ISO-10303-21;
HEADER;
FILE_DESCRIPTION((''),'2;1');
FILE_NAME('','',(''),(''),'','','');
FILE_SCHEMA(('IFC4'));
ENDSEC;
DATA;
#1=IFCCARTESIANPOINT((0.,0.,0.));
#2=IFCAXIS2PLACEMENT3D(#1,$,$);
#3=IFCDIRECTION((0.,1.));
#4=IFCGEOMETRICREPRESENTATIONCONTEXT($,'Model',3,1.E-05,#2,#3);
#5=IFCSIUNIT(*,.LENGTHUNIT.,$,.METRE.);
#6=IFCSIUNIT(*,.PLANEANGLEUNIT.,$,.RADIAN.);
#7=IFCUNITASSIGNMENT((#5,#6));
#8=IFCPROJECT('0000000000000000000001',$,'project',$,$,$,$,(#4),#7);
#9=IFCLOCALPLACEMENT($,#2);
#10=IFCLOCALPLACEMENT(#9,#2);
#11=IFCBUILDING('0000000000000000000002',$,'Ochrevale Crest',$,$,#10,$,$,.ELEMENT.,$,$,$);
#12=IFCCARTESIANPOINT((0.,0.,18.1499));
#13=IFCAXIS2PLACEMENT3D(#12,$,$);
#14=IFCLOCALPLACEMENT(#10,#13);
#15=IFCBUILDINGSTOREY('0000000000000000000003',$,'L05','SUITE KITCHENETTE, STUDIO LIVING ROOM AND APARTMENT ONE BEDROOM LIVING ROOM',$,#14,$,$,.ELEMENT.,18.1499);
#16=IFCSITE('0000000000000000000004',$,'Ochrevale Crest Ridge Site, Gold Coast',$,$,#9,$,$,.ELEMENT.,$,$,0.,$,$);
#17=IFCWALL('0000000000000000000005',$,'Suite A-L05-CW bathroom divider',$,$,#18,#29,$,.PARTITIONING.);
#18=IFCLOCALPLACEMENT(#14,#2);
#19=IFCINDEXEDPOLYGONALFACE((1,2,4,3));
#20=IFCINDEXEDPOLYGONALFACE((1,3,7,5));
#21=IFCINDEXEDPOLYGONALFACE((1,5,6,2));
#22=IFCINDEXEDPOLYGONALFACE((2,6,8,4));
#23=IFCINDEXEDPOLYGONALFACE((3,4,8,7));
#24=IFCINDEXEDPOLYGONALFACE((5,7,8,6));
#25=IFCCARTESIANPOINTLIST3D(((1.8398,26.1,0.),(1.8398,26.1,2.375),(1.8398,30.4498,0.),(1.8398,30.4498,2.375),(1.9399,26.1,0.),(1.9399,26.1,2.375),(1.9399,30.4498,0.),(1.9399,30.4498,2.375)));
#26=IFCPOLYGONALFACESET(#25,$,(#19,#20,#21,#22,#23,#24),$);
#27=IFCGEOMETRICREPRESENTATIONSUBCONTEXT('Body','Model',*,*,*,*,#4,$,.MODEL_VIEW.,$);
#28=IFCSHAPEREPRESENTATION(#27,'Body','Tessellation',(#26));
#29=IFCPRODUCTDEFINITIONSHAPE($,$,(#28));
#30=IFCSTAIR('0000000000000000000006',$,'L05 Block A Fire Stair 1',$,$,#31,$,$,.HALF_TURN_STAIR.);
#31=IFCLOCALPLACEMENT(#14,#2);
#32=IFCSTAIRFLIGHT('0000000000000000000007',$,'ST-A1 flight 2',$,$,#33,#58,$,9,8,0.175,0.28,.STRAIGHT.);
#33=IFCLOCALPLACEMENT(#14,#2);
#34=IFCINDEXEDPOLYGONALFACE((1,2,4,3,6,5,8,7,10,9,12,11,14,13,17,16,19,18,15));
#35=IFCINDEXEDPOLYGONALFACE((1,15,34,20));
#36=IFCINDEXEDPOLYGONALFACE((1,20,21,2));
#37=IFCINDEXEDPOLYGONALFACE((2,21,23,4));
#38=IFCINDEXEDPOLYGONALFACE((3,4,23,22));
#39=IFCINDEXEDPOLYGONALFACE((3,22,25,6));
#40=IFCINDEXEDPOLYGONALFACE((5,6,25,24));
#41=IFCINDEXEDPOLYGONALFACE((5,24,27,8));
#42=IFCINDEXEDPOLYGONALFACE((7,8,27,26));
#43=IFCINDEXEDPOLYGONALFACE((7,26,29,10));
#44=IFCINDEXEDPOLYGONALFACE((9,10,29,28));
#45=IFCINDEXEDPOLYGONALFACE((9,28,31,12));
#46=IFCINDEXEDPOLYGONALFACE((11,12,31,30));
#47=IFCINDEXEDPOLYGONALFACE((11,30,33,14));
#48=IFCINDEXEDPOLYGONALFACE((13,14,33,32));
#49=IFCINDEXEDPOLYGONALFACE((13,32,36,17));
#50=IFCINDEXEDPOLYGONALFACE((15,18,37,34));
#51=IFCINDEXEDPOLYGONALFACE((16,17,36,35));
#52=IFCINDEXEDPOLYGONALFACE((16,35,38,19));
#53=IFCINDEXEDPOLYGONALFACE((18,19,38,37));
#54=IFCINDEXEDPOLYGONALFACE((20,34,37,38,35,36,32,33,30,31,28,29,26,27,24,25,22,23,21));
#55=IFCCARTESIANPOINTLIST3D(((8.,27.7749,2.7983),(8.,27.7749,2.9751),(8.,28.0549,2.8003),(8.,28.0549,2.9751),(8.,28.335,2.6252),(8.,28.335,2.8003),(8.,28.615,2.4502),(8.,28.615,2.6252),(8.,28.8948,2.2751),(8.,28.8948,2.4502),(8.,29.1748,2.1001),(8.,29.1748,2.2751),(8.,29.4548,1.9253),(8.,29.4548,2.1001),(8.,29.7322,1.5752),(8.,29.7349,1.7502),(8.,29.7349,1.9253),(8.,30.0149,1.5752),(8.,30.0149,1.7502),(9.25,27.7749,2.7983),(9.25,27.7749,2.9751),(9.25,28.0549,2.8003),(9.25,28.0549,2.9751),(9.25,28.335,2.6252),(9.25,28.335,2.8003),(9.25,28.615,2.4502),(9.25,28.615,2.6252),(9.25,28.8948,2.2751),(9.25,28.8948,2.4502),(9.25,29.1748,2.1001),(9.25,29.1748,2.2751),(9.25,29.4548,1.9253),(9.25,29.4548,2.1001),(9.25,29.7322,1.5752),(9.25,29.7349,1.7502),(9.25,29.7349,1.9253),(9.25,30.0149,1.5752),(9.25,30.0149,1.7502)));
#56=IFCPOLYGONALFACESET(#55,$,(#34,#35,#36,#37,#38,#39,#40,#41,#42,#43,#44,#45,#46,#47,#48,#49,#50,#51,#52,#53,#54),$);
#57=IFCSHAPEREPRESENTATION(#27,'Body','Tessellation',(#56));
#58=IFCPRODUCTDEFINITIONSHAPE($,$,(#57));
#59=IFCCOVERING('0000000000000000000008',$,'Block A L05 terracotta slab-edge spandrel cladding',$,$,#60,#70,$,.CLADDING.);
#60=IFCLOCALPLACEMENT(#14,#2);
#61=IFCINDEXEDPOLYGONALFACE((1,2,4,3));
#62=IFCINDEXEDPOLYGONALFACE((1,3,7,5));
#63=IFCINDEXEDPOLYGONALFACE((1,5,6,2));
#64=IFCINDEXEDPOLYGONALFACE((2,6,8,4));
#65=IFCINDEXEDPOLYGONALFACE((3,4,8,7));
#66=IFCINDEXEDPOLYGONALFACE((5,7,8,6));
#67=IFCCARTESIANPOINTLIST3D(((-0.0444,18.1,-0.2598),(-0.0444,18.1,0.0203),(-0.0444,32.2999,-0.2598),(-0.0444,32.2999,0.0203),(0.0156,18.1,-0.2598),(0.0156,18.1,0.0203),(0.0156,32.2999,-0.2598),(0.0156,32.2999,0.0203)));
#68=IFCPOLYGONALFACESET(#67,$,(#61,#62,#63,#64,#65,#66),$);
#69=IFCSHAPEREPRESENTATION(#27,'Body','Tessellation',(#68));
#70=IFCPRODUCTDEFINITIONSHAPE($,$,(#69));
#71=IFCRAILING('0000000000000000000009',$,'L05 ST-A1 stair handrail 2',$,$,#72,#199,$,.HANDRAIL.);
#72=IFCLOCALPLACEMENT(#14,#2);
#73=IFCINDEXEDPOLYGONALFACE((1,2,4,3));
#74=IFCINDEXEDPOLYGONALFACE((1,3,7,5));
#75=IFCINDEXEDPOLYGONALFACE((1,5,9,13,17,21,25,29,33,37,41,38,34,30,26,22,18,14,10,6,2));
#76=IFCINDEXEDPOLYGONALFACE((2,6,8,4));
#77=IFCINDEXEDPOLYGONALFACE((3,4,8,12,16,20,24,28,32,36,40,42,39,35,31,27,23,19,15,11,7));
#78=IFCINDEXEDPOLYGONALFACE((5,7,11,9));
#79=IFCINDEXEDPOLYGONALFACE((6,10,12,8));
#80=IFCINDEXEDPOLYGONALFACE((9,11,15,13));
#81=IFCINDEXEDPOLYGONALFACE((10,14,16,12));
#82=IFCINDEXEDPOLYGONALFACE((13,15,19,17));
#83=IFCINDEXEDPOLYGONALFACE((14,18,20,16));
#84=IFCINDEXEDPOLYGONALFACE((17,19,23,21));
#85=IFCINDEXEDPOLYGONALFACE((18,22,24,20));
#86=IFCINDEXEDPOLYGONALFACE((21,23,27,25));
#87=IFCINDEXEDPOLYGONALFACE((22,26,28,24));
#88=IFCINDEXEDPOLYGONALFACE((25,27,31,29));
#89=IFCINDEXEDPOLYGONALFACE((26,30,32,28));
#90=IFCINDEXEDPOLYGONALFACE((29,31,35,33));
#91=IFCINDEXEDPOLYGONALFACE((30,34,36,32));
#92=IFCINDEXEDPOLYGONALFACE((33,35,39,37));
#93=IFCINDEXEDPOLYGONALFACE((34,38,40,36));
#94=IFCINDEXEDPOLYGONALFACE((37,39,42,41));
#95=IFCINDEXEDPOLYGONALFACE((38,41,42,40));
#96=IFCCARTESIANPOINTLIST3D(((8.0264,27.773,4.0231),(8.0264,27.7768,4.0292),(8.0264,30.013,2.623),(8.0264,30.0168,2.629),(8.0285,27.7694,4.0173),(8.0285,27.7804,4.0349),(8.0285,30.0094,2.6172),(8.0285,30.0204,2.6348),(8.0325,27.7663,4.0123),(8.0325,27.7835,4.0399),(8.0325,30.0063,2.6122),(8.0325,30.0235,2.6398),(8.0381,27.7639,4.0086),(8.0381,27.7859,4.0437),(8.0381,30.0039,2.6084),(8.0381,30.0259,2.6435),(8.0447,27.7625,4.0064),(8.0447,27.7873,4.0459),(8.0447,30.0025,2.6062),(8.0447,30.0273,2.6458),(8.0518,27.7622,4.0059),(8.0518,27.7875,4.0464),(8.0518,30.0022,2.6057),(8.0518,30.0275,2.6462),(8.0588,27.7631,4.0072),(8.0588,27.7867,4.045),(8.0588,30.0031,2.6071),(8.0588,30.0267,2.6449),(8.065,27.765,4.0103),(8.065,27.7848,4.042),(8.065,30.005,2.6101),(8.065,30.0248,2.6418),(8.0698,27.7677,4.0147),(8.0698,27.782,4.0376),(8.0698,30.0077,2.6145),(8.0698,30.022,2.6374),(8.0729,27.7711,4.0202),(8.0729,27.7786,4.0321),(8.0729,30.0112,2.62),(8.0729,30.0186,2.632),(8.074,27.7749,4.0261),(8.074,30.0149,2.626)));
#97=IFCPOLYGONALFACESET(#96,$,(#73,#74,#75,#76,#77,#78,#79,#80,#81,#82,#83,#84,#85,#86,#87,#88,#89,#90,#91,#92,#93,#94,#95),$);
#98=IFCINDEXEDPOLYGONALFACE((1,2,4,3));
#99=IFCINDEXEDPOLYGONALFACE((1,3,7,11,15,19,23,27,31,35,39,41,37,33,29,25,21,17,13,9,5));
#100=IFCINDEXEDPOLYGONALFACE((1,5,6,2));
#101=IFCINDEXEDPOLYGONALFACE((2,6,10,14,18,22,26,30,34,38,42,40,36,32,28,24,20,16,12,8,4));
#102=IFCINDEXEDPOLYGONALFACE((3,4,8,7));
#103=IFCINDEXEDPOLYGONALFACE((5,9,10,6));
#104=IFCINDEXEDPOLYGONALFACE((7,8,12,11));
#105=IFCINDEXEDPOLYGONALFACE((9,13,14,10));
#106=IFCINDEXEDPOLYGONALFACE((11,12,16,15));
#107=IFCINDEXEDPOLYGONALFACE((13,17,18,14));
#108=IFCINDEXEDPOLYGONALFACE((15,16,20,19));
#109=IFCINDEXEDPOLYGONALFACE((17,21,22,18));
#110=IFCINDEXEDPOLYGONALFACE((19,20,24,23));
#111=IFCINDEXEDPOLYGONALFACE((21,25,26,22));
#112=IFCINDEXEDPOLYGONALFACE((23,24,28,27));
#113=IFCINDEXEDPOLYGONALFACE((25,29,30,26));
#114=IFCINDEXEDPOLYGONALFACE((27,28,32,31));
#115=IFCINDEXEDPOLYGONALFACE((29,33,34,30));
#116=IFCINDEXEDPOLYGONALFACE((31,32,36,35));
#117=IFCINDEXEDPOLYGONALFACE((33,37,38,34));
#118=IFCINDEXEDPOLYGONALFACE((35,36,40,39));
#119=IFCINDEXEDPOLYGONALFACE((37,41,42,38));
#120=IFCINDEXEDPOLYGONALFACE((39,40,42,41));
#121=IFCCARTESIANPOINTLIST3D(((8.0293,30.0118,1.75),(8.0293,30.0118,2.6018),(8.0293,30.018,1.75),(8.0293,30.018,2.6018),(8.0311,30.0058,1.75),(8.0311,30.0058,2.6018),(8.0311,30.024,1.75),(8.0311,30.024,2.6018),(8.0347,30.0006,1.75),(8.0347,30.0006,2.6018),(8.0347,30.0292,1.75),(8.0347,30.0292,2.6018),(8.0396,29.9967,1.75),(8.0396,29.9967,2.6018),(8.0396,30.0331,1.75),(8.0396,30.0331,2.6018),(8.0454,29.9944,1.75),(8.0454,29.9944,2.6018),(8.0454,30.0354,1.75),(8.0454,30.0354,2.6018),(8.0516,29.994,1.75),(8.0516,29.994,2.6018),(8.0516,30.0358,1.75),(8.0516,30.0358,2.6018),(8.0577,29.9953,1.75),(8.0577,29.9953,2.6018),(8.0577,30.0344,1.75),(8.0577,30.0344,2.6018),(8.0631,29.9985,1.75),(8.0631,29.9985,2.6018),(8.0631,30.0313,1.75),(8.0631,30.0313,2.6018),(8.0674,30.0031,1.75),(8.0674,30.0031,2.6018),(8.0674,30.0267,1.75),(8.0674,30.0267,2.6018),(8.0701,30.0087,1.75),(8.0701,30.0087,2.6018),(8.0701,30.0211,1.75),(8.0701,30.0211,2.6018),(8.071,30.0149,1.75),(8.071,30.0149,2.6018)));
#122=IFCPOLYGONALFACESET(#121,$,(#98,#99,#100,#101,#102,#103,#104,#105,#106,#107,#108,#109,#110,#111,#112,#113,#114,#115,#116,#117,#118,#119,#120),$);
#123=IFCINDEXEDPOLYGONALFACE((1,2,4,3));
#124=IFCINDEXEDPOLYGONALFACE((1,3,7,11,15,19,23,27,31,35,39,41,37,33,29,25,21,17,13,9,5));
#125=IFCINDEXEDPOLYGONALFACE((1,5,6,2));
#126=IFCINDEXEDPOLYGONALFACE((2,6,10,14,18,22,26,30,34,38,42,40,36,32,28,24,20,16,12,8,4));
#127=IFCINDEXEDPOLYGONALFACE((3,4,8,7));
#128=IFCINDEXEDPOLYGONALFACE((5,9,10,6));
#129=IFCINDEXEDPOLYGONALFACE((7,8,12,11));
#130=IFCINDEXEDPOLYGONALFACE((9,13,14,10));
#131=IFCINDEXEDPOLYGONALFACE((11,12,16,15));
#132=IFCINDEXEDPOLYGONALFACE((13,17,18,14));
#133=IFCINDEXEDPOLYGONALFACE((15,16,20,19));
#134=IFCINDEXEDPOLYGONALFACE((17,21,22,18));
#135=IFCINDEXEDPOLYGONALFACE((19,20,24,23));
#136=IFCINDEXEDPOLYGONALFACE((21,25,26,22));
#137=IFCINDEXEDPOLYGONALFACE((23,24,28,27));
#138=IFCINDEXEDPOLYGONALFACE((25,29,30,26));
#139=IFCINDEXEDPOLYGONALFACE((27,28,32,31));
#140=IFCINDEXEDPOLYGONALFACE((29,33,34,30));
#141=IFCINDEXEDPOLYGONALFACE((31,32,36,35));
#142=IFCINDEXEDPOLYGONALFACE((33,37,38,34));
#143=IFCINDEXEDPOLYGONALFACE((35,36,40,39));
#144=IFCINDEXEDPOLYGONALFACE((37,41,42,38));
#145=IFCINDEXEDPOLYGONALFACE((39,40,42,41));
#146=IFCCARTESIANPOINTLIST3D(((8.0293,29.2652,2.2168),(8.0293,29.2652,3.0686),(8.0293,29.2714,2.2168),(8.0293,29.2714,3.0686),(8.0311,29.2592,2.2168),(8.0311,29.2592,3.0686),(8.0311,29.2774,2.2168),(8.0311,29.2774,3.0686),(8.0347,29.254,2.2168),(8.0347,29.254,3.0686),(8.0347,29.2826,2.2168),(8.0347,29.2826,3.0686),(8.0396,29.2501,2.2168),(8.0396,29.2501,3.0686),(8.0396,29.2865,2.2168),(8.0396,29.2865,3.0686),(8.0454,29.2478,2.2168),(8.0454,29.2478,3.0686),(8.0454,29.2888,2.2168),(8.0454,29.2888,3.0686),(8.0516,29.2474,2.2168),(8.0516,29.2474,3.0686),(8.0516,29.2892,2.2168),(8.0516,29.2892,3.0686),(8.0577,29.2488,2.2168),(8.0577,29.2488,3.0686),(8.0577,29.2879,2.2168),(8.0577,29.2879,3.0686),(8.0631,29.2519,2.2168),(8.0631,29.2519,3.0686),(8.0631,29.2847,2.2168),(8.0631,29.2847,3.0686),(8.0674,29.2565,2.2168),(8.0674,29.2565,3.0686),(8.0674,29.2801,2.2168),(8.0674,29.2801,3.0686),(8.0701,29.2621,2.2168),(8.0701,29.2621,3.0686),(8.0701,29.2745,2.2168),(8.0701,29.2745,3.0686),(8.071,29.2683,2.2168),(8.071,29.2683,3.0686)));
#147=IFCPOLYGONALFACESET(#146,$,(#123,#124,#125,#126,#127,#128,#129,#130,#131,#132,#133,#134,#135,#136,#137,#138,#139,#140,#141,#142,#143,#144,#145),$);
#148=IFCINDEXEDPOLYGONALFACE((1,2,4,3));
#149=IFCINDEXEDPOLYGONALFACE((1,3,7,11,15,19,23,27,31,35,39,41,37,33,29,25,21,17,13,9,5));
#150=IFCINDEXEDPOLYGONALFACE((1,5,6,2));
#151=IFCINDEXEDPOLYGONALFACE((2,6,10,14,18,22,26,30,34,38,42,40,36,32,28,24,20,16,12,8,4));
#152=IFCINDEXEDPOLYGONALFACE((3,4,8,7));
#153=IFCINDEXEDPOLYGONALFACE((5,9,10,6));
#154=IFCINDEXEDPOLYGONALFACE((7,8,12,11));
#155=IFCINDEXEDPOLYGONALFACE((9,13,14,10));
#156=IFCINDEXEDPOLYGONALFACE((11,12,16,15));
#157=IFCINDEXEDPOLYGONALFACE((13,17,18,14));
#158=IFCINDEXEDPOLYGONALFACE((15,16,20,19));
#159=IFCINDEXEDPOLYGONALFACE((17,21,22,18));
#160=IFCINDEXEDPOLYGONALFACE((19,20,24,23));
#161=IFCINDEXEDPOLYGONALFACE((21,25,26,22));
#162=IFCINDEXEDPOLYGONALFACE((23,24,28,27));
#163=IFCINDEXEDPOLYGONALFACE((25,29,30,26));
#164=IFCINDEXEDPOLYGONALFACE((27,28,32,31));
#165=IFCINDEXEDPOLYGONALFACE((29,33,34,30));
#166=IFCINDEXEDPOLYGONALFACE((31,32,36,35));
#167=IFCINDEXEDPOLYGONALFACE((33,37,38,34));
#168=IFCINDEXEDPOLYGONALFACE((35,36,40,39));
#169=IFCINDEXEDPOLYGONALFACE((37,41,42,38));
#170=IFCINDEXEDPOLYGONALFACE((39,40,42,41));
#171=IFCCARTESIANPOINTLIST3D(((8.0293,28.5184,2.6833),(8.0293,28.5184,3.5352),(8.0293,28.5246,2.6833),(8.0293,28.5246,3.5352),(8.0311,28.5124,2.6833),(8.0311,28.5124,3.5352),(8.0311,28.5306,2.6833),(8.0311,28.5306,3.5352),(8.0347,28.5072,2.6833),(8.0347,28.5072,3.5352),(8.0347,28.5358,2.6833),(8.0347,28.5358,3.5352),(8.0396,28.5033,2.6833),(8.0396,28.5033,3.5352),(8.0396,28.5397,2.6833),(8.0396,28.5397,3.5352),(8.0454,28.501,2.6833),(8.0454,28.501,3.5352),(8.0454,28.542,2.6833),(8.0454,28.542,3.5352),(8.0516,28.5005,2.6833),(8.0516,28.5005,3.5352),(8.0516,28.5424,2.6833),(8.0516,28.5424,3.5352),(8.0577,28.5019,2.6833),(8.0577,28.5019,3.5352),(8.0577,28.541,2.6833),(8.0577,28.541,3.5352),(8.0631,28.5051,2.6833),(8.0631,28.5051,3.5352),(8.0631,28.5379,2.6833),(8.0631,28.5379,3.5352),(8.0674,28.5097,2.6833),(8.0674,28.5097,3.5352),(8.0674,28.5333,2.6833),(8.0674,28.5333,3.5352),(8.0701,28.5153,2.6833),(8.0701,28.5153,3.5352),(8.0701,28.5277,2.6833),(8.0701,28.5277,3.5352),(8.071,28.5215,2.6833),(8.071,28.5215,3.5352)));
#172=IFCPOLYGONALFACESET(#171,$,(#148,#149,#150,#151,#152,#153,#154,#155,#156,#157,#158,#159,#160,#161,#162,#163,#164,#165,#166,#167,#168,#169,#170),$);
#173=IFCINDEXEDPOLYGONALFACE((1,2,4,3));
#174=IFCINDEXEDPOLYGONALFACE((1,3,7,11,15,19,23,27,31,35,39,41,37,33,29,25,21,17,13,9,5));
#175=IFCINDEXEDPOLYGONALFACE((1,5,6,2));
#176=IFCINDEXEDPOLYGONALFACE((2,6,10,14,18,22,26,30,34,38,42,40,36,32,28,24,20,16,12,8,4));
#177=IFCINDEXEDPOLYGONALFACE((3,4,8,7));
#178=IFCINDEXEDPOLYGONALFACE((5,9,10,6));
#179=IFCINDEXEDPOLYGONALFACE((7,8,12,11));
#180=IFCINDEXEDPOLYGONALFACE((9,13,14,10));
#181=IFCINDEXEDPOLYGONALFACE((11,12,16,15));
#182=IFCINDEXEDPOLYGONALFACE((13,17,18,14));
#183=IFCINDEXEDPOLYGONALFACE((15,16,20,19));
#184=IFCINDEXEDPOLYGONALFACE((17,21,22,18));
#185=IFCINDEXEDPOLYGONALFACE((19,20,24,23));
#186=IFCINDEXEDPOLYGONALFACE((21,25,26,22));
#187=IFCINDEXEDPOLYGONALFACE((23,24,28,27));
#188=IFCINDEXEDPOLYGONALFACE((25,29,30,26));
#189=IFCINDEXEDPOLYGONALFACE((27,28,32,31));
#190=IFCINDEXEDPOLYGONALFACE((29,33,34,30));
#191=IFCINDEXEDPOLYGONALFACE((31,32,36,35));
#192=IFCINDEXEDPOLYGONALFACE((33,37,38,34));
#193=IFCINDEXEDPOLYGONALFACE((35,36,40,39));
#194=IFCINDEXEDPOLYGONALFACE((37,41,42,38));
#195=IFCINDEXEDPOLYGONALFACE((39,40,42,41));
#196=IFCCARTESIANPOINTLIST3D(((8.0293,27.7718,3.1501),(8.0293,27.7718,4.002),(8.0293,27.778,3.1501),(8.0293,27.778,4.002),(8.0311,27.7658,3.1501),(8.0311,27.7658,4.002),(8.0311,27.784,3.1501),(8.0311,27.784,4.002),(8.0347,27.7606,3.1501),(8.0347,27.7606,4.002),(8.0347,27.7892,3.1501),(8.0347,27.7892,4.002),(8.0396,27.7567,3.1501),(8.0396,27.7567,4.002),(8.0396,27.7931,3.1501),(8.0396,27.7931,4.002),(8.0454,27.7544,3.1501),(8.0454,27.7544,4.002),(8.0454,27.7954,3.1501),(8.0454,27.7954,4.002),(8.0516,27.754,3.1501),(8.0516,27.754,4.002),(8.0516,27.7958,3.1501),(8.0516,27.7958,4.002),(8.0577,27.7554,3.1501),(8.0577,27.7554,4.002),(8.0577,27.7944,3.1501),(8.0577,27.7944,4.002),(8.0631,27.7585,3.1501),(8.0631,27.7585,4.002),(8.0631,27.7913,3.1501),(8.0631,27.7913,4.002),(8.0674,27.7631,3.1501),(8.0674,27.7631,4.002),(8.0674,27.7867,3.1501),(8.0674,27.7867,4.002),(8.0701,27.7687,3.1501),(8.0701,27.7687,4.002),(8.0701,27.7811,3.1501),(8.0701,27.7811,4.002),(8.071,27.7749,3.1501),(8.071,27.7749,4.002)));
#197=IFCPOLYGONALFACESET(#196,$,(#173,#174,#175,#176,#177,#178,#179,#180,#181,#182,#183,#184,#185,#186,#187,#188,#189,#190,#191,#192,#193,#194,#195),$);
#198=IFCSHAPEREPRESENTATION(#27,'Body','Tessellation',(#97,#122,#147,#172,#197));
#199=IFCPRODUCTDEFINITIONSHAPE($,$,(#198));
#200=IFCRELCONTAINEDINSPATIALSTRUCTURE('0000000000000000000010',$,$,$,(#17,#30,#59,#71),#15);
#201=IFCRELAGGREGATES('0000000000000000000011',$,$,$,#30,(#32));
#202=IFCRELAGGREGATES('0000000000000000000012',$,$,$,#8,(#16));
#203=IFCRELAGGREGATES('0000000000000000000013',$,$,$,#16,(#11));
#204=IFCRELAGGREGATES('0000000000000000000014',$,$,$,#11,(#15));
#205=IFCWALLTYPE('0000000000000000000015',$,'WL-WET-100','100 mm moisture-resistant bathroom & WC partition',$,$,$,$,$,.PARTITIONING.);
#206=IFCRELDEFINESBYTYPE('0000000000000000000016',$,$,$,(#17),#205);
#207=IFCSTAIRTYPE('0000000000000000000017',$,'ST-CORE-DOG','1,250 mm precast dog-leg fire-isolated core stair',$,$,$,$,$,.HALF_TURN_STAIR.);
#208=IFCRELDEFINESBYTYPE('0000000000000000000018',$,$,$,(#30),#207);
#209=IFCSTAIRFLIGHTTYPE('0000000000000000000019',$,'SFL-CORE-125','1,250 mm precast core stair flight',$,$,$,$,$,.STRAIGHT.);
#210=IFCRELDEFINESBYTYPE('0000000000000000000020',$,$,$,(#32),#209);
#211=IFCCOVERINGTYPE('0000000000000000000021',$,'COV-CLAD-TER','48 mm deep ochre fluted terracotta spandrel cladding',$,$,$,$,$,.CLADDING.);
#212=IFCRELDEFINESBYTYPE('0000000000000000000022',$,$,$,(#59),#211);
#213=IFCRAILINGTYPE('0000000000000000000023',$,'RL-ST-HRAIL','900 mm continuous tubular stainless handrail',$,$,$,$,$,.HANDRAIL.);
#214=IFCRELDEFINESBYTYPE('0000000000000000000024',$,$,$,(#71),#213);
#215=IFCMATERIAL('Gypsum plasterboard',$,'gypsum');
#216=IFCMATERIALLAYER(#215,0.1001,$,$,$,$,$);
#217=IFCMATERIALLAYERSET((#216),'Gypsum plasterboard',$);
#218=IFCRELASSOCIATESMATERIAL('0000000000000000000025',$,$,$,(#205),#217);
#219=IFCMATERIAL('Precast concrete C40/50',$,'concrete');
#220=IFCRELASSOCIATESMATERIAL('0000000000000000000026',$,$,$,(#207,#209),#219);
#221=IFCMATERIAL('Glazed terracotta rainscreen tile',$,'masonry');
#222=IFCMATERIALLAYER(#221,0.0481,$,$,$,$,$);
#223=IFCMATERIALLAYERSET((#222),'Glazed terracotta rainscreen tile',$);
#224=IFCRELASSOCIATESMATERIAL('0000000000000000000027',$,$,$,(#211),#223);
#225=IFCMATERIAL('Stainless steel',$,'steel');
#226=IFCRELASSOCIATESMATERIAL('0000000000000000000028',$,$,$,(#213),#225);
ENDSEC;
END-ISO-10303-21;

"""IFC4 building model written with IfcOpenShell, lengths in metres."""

from ifc_helpers import new_model, si_unit, direction, frame, frame_2d, origin, origin_2d, place, context, subcontext, project, spatial, polyline, rectangle, circle, outline, extrude, material, layer, layer_set, type_object, element, aggregate, save


model = new_model("IFC4")

# Units and contexts
model_context = context("Model", 3, precision=1e-05, world=origin(), true_north=direction((0.0, 1.0)))
body_context = subcontext(model_context, "Body", "Model", "MODEL_VIEW")
ifc_project = project(units=[si_unit("LENGTHUNIT", "METRE"), si_unit("PLANEANGLEUNIT", "RADIAN")], contexts=[model_context])

# Site, building, storey
site_placement = place(None, origin())
site = spatial("IfcSite", under=ifc_project, at=site_placement, Name="Ochrevale Crest Ridge Site, Gold Coast", CompositionType="ELEMENT", RefElevation=0.0)
building_placement = place(site_placement, origin())
building = spatial("IfcBuilding", under=site, at=building_placement, Name="Ochrevale Crest", CompositionType="ELEMENT")
storey_placement = place(building_placement, frame((0.0, 0.0, 18.1499)))
storey = spatial("IfcBuildingStorey", under=building, at=storey_placement, Name="L05", Description="SUITE KITCHENETTE, STUDIO LIVING ROOM AND APARTMENT ONE BEDROOM LIVING ROOM", CompositionType="ELEMENT", Elevation=18.1499)

# Shared definitions
ifc_material_1 = material(Name="Precast concrete C40/50", Category="concrete")

# Shared definitions
ifc_material_2 = material(Name="Gypsum plasterboard", Category="gypsum")

# Wall
ifc_layer_1 = layer(ifc_material_2, 0.1001)
ifc_layer_set_1 = layer_set([ifc_layer_1], Name="Gypsum plasterboard")
wall_type_1 = type_object("IfcWallType", Name="WL-WET-100", Description="100 mm moisture-resistant bathroom & WC partition", PredefinedType="PARTITIONING", material=ifc_layer_set_1)
wall_1_placement = place(storey_placement, frame((1.8899, 26.1001, 0.0), z_axis=(0.0, 0.0, 1.0), x_axis=(0.0, 1.0, 0.0)))
element("IfcWall", 1, at=wall_1_placement, inside=storey, type_object=wall_type_1, Name="Suite A-L05-CW bathroom divider", PredefinedType="PARTITIONING", context=body_context, shape_type="SweptSolid", body=[
    extrude(rectangle(XDim=4.3499, YDim=0.1001, at=frame_2d((2.1748, 0.0))), origin(), (0.0, 0.0, 1.0), 2.375),
])

# Stair, stair flight
stair_type = type_object("IfcStairType", Name="ST-CORE-DOG", Description="1,250 mm precast dog-leg fire-isolated core stair", PredefinedType="HALF_TURN_STAIR", material=ifc_material_1)
stair_placement = place(storey_placement, origin())
stair = element("IfcStair", 2, at=stair_placement, inside=storey, type_object=stair_type, Name="L05 Block A Fire Stair 1", PredefinedType="HALF_TURN_STAIR")
stair_flight_type = type_object("IfcStairFlightType", Name="SFL-CORE-125", Description="1,250 mm precast core stair flight", PredefinedType="STRAIGHT", material=ifc_material_1)
stair_flight_placement = place(storey_placement, frame((8.625, 30.0149, 1.5752), z_axis=(0.0, 0.0, 1.0), x_axis=(0.0, -1.0, 0.0)))
stair_flight = element("IfcStairFlight", 3, at=stair_flight_placement, type_object=stair_flight_type, Name="ST-A1 flight 2", NumberOfRisers=9, NumberOfTreads=8, PredefinedType="STRAIGHT", RiserHeight=0.175, TreadLength=0.28, context=body_context, shape_type="SweptSolid", body=[
    extrude(outline(polyline([(0.0, 0.0), (0.0, 0.175), (0.28, 0.175), (0.28, 0.3501), (0.5601, 0.3501), (0.5601, 0.5249), (0.8401, 0.5249), (0.8401, 0.7), (1.1201, 0.7), (1.1201, 0.875), (1.3999, 0.875), (1.3999, 1.05), (1.6799, 1.05), (1.6799, 1.2251), (1.96, 1.2251), (1.96, 1.3999), (2.24, 1.3999), (2.24, 1.575), (2.24, 1.2231), (0.2827, 0.0), (0.0, 0.0)])), frame((0.0, 0.625, 0.0), z_axis=(0.0, -1.0, 0.0), x_axis=(1.0, 0.0, 0.0)), (0.0, 0.0, 1.0), 1.25),
])
aggregate(stair, [stair_flight])

# Covering
ifc_material_3 = material(Name="Glazed terracotta rainscreen tile", Category="masonry")
ifc_layer_2 = layer(ifc_material_3, 0.0481)
ifc_layer_set_2 = layer_set([ifc_layer_2], Name="Glazed terracotta rainscreen tile")
covering_type = type_object("IfcCoveringType", Name="COV-CLAD-TER", Description="48 mm deep ochre fluted terracotta spandrel cladding", PredefinedType="CLADDING", material=ifc_layer_set_2)
covering_placement = place(storey_placement, frame((-0.0144, 25.2, -0.2598), z_axis=(0.0, 0.0, 1.0), x_axis=(0.0, -1.0, 0.0)))
element("IfcCovering", 4, at=covering_placement, inside=storey, type_object=covering_type, Name="Block A L05 terracotta slab-edge spandrel cladding", PredefinedType="CLADDING", context=body_context, shape_type="SweptSolid", body=[
    extrude(rectangle(XDim=14.2, YDim=0.0601, at=origin_2d()), origin(), (0.0, 0.0, 1.0), 0.28),
])

# Railing
ifc_material_4 = material(Name="Stainless steel", Category="steel")
railing_type = type_object("IfcRailingType", Name="RL-ST-HRAIL", Description="900 mm continuous tubular stainless handrail", PredefinedType="HANDRAIL", material=ifc_material_4)
railing_placement = place(storey_placement, frame((8.05, 30.0149, 1.75)))
element("IfcRailing", 5, at=railing_placement, inside=storey, type_object=railing_type, Name="L05 ST-A1 stair handrail 2", PredefinedType="HANDRAIL", context=body_context, shape_type="SweptSolid", body=[
    extrude(circle(Radius=0.0239, at=origin_2d()), frame((0.0, 0.0, 0.876), z_axis=(0.0, -0.847972, 0.53004), x_axis=(1.0, 0.0, 0.0)), (0.0, 0.0, 1.0), 2.6416),
    extrude(circle(Radius=0.021, at=origin_2d()), origin(), (0.0, 0.0, 1.0), 0.8518),
    extrude(circle(Radius=0.021, at=origin_2d()), frame((0.0, -0.7466, 0.4668)), (0.0, 0.0, 1.0), 0.8518),
    extrude(circle(Radius=0.021, at=origin_2d()), frame((0.0, -1.4934, 0.9333)), (0.0, 0.0, 1.0), 0.8518),
    extrude(circle(Radius=0.021, at=origin_2d()), frame((0.0, -2.24, 1.4001)), (0.0, 0.0, 1.0), 0.8518),
])

save(model, "model.ifc")
